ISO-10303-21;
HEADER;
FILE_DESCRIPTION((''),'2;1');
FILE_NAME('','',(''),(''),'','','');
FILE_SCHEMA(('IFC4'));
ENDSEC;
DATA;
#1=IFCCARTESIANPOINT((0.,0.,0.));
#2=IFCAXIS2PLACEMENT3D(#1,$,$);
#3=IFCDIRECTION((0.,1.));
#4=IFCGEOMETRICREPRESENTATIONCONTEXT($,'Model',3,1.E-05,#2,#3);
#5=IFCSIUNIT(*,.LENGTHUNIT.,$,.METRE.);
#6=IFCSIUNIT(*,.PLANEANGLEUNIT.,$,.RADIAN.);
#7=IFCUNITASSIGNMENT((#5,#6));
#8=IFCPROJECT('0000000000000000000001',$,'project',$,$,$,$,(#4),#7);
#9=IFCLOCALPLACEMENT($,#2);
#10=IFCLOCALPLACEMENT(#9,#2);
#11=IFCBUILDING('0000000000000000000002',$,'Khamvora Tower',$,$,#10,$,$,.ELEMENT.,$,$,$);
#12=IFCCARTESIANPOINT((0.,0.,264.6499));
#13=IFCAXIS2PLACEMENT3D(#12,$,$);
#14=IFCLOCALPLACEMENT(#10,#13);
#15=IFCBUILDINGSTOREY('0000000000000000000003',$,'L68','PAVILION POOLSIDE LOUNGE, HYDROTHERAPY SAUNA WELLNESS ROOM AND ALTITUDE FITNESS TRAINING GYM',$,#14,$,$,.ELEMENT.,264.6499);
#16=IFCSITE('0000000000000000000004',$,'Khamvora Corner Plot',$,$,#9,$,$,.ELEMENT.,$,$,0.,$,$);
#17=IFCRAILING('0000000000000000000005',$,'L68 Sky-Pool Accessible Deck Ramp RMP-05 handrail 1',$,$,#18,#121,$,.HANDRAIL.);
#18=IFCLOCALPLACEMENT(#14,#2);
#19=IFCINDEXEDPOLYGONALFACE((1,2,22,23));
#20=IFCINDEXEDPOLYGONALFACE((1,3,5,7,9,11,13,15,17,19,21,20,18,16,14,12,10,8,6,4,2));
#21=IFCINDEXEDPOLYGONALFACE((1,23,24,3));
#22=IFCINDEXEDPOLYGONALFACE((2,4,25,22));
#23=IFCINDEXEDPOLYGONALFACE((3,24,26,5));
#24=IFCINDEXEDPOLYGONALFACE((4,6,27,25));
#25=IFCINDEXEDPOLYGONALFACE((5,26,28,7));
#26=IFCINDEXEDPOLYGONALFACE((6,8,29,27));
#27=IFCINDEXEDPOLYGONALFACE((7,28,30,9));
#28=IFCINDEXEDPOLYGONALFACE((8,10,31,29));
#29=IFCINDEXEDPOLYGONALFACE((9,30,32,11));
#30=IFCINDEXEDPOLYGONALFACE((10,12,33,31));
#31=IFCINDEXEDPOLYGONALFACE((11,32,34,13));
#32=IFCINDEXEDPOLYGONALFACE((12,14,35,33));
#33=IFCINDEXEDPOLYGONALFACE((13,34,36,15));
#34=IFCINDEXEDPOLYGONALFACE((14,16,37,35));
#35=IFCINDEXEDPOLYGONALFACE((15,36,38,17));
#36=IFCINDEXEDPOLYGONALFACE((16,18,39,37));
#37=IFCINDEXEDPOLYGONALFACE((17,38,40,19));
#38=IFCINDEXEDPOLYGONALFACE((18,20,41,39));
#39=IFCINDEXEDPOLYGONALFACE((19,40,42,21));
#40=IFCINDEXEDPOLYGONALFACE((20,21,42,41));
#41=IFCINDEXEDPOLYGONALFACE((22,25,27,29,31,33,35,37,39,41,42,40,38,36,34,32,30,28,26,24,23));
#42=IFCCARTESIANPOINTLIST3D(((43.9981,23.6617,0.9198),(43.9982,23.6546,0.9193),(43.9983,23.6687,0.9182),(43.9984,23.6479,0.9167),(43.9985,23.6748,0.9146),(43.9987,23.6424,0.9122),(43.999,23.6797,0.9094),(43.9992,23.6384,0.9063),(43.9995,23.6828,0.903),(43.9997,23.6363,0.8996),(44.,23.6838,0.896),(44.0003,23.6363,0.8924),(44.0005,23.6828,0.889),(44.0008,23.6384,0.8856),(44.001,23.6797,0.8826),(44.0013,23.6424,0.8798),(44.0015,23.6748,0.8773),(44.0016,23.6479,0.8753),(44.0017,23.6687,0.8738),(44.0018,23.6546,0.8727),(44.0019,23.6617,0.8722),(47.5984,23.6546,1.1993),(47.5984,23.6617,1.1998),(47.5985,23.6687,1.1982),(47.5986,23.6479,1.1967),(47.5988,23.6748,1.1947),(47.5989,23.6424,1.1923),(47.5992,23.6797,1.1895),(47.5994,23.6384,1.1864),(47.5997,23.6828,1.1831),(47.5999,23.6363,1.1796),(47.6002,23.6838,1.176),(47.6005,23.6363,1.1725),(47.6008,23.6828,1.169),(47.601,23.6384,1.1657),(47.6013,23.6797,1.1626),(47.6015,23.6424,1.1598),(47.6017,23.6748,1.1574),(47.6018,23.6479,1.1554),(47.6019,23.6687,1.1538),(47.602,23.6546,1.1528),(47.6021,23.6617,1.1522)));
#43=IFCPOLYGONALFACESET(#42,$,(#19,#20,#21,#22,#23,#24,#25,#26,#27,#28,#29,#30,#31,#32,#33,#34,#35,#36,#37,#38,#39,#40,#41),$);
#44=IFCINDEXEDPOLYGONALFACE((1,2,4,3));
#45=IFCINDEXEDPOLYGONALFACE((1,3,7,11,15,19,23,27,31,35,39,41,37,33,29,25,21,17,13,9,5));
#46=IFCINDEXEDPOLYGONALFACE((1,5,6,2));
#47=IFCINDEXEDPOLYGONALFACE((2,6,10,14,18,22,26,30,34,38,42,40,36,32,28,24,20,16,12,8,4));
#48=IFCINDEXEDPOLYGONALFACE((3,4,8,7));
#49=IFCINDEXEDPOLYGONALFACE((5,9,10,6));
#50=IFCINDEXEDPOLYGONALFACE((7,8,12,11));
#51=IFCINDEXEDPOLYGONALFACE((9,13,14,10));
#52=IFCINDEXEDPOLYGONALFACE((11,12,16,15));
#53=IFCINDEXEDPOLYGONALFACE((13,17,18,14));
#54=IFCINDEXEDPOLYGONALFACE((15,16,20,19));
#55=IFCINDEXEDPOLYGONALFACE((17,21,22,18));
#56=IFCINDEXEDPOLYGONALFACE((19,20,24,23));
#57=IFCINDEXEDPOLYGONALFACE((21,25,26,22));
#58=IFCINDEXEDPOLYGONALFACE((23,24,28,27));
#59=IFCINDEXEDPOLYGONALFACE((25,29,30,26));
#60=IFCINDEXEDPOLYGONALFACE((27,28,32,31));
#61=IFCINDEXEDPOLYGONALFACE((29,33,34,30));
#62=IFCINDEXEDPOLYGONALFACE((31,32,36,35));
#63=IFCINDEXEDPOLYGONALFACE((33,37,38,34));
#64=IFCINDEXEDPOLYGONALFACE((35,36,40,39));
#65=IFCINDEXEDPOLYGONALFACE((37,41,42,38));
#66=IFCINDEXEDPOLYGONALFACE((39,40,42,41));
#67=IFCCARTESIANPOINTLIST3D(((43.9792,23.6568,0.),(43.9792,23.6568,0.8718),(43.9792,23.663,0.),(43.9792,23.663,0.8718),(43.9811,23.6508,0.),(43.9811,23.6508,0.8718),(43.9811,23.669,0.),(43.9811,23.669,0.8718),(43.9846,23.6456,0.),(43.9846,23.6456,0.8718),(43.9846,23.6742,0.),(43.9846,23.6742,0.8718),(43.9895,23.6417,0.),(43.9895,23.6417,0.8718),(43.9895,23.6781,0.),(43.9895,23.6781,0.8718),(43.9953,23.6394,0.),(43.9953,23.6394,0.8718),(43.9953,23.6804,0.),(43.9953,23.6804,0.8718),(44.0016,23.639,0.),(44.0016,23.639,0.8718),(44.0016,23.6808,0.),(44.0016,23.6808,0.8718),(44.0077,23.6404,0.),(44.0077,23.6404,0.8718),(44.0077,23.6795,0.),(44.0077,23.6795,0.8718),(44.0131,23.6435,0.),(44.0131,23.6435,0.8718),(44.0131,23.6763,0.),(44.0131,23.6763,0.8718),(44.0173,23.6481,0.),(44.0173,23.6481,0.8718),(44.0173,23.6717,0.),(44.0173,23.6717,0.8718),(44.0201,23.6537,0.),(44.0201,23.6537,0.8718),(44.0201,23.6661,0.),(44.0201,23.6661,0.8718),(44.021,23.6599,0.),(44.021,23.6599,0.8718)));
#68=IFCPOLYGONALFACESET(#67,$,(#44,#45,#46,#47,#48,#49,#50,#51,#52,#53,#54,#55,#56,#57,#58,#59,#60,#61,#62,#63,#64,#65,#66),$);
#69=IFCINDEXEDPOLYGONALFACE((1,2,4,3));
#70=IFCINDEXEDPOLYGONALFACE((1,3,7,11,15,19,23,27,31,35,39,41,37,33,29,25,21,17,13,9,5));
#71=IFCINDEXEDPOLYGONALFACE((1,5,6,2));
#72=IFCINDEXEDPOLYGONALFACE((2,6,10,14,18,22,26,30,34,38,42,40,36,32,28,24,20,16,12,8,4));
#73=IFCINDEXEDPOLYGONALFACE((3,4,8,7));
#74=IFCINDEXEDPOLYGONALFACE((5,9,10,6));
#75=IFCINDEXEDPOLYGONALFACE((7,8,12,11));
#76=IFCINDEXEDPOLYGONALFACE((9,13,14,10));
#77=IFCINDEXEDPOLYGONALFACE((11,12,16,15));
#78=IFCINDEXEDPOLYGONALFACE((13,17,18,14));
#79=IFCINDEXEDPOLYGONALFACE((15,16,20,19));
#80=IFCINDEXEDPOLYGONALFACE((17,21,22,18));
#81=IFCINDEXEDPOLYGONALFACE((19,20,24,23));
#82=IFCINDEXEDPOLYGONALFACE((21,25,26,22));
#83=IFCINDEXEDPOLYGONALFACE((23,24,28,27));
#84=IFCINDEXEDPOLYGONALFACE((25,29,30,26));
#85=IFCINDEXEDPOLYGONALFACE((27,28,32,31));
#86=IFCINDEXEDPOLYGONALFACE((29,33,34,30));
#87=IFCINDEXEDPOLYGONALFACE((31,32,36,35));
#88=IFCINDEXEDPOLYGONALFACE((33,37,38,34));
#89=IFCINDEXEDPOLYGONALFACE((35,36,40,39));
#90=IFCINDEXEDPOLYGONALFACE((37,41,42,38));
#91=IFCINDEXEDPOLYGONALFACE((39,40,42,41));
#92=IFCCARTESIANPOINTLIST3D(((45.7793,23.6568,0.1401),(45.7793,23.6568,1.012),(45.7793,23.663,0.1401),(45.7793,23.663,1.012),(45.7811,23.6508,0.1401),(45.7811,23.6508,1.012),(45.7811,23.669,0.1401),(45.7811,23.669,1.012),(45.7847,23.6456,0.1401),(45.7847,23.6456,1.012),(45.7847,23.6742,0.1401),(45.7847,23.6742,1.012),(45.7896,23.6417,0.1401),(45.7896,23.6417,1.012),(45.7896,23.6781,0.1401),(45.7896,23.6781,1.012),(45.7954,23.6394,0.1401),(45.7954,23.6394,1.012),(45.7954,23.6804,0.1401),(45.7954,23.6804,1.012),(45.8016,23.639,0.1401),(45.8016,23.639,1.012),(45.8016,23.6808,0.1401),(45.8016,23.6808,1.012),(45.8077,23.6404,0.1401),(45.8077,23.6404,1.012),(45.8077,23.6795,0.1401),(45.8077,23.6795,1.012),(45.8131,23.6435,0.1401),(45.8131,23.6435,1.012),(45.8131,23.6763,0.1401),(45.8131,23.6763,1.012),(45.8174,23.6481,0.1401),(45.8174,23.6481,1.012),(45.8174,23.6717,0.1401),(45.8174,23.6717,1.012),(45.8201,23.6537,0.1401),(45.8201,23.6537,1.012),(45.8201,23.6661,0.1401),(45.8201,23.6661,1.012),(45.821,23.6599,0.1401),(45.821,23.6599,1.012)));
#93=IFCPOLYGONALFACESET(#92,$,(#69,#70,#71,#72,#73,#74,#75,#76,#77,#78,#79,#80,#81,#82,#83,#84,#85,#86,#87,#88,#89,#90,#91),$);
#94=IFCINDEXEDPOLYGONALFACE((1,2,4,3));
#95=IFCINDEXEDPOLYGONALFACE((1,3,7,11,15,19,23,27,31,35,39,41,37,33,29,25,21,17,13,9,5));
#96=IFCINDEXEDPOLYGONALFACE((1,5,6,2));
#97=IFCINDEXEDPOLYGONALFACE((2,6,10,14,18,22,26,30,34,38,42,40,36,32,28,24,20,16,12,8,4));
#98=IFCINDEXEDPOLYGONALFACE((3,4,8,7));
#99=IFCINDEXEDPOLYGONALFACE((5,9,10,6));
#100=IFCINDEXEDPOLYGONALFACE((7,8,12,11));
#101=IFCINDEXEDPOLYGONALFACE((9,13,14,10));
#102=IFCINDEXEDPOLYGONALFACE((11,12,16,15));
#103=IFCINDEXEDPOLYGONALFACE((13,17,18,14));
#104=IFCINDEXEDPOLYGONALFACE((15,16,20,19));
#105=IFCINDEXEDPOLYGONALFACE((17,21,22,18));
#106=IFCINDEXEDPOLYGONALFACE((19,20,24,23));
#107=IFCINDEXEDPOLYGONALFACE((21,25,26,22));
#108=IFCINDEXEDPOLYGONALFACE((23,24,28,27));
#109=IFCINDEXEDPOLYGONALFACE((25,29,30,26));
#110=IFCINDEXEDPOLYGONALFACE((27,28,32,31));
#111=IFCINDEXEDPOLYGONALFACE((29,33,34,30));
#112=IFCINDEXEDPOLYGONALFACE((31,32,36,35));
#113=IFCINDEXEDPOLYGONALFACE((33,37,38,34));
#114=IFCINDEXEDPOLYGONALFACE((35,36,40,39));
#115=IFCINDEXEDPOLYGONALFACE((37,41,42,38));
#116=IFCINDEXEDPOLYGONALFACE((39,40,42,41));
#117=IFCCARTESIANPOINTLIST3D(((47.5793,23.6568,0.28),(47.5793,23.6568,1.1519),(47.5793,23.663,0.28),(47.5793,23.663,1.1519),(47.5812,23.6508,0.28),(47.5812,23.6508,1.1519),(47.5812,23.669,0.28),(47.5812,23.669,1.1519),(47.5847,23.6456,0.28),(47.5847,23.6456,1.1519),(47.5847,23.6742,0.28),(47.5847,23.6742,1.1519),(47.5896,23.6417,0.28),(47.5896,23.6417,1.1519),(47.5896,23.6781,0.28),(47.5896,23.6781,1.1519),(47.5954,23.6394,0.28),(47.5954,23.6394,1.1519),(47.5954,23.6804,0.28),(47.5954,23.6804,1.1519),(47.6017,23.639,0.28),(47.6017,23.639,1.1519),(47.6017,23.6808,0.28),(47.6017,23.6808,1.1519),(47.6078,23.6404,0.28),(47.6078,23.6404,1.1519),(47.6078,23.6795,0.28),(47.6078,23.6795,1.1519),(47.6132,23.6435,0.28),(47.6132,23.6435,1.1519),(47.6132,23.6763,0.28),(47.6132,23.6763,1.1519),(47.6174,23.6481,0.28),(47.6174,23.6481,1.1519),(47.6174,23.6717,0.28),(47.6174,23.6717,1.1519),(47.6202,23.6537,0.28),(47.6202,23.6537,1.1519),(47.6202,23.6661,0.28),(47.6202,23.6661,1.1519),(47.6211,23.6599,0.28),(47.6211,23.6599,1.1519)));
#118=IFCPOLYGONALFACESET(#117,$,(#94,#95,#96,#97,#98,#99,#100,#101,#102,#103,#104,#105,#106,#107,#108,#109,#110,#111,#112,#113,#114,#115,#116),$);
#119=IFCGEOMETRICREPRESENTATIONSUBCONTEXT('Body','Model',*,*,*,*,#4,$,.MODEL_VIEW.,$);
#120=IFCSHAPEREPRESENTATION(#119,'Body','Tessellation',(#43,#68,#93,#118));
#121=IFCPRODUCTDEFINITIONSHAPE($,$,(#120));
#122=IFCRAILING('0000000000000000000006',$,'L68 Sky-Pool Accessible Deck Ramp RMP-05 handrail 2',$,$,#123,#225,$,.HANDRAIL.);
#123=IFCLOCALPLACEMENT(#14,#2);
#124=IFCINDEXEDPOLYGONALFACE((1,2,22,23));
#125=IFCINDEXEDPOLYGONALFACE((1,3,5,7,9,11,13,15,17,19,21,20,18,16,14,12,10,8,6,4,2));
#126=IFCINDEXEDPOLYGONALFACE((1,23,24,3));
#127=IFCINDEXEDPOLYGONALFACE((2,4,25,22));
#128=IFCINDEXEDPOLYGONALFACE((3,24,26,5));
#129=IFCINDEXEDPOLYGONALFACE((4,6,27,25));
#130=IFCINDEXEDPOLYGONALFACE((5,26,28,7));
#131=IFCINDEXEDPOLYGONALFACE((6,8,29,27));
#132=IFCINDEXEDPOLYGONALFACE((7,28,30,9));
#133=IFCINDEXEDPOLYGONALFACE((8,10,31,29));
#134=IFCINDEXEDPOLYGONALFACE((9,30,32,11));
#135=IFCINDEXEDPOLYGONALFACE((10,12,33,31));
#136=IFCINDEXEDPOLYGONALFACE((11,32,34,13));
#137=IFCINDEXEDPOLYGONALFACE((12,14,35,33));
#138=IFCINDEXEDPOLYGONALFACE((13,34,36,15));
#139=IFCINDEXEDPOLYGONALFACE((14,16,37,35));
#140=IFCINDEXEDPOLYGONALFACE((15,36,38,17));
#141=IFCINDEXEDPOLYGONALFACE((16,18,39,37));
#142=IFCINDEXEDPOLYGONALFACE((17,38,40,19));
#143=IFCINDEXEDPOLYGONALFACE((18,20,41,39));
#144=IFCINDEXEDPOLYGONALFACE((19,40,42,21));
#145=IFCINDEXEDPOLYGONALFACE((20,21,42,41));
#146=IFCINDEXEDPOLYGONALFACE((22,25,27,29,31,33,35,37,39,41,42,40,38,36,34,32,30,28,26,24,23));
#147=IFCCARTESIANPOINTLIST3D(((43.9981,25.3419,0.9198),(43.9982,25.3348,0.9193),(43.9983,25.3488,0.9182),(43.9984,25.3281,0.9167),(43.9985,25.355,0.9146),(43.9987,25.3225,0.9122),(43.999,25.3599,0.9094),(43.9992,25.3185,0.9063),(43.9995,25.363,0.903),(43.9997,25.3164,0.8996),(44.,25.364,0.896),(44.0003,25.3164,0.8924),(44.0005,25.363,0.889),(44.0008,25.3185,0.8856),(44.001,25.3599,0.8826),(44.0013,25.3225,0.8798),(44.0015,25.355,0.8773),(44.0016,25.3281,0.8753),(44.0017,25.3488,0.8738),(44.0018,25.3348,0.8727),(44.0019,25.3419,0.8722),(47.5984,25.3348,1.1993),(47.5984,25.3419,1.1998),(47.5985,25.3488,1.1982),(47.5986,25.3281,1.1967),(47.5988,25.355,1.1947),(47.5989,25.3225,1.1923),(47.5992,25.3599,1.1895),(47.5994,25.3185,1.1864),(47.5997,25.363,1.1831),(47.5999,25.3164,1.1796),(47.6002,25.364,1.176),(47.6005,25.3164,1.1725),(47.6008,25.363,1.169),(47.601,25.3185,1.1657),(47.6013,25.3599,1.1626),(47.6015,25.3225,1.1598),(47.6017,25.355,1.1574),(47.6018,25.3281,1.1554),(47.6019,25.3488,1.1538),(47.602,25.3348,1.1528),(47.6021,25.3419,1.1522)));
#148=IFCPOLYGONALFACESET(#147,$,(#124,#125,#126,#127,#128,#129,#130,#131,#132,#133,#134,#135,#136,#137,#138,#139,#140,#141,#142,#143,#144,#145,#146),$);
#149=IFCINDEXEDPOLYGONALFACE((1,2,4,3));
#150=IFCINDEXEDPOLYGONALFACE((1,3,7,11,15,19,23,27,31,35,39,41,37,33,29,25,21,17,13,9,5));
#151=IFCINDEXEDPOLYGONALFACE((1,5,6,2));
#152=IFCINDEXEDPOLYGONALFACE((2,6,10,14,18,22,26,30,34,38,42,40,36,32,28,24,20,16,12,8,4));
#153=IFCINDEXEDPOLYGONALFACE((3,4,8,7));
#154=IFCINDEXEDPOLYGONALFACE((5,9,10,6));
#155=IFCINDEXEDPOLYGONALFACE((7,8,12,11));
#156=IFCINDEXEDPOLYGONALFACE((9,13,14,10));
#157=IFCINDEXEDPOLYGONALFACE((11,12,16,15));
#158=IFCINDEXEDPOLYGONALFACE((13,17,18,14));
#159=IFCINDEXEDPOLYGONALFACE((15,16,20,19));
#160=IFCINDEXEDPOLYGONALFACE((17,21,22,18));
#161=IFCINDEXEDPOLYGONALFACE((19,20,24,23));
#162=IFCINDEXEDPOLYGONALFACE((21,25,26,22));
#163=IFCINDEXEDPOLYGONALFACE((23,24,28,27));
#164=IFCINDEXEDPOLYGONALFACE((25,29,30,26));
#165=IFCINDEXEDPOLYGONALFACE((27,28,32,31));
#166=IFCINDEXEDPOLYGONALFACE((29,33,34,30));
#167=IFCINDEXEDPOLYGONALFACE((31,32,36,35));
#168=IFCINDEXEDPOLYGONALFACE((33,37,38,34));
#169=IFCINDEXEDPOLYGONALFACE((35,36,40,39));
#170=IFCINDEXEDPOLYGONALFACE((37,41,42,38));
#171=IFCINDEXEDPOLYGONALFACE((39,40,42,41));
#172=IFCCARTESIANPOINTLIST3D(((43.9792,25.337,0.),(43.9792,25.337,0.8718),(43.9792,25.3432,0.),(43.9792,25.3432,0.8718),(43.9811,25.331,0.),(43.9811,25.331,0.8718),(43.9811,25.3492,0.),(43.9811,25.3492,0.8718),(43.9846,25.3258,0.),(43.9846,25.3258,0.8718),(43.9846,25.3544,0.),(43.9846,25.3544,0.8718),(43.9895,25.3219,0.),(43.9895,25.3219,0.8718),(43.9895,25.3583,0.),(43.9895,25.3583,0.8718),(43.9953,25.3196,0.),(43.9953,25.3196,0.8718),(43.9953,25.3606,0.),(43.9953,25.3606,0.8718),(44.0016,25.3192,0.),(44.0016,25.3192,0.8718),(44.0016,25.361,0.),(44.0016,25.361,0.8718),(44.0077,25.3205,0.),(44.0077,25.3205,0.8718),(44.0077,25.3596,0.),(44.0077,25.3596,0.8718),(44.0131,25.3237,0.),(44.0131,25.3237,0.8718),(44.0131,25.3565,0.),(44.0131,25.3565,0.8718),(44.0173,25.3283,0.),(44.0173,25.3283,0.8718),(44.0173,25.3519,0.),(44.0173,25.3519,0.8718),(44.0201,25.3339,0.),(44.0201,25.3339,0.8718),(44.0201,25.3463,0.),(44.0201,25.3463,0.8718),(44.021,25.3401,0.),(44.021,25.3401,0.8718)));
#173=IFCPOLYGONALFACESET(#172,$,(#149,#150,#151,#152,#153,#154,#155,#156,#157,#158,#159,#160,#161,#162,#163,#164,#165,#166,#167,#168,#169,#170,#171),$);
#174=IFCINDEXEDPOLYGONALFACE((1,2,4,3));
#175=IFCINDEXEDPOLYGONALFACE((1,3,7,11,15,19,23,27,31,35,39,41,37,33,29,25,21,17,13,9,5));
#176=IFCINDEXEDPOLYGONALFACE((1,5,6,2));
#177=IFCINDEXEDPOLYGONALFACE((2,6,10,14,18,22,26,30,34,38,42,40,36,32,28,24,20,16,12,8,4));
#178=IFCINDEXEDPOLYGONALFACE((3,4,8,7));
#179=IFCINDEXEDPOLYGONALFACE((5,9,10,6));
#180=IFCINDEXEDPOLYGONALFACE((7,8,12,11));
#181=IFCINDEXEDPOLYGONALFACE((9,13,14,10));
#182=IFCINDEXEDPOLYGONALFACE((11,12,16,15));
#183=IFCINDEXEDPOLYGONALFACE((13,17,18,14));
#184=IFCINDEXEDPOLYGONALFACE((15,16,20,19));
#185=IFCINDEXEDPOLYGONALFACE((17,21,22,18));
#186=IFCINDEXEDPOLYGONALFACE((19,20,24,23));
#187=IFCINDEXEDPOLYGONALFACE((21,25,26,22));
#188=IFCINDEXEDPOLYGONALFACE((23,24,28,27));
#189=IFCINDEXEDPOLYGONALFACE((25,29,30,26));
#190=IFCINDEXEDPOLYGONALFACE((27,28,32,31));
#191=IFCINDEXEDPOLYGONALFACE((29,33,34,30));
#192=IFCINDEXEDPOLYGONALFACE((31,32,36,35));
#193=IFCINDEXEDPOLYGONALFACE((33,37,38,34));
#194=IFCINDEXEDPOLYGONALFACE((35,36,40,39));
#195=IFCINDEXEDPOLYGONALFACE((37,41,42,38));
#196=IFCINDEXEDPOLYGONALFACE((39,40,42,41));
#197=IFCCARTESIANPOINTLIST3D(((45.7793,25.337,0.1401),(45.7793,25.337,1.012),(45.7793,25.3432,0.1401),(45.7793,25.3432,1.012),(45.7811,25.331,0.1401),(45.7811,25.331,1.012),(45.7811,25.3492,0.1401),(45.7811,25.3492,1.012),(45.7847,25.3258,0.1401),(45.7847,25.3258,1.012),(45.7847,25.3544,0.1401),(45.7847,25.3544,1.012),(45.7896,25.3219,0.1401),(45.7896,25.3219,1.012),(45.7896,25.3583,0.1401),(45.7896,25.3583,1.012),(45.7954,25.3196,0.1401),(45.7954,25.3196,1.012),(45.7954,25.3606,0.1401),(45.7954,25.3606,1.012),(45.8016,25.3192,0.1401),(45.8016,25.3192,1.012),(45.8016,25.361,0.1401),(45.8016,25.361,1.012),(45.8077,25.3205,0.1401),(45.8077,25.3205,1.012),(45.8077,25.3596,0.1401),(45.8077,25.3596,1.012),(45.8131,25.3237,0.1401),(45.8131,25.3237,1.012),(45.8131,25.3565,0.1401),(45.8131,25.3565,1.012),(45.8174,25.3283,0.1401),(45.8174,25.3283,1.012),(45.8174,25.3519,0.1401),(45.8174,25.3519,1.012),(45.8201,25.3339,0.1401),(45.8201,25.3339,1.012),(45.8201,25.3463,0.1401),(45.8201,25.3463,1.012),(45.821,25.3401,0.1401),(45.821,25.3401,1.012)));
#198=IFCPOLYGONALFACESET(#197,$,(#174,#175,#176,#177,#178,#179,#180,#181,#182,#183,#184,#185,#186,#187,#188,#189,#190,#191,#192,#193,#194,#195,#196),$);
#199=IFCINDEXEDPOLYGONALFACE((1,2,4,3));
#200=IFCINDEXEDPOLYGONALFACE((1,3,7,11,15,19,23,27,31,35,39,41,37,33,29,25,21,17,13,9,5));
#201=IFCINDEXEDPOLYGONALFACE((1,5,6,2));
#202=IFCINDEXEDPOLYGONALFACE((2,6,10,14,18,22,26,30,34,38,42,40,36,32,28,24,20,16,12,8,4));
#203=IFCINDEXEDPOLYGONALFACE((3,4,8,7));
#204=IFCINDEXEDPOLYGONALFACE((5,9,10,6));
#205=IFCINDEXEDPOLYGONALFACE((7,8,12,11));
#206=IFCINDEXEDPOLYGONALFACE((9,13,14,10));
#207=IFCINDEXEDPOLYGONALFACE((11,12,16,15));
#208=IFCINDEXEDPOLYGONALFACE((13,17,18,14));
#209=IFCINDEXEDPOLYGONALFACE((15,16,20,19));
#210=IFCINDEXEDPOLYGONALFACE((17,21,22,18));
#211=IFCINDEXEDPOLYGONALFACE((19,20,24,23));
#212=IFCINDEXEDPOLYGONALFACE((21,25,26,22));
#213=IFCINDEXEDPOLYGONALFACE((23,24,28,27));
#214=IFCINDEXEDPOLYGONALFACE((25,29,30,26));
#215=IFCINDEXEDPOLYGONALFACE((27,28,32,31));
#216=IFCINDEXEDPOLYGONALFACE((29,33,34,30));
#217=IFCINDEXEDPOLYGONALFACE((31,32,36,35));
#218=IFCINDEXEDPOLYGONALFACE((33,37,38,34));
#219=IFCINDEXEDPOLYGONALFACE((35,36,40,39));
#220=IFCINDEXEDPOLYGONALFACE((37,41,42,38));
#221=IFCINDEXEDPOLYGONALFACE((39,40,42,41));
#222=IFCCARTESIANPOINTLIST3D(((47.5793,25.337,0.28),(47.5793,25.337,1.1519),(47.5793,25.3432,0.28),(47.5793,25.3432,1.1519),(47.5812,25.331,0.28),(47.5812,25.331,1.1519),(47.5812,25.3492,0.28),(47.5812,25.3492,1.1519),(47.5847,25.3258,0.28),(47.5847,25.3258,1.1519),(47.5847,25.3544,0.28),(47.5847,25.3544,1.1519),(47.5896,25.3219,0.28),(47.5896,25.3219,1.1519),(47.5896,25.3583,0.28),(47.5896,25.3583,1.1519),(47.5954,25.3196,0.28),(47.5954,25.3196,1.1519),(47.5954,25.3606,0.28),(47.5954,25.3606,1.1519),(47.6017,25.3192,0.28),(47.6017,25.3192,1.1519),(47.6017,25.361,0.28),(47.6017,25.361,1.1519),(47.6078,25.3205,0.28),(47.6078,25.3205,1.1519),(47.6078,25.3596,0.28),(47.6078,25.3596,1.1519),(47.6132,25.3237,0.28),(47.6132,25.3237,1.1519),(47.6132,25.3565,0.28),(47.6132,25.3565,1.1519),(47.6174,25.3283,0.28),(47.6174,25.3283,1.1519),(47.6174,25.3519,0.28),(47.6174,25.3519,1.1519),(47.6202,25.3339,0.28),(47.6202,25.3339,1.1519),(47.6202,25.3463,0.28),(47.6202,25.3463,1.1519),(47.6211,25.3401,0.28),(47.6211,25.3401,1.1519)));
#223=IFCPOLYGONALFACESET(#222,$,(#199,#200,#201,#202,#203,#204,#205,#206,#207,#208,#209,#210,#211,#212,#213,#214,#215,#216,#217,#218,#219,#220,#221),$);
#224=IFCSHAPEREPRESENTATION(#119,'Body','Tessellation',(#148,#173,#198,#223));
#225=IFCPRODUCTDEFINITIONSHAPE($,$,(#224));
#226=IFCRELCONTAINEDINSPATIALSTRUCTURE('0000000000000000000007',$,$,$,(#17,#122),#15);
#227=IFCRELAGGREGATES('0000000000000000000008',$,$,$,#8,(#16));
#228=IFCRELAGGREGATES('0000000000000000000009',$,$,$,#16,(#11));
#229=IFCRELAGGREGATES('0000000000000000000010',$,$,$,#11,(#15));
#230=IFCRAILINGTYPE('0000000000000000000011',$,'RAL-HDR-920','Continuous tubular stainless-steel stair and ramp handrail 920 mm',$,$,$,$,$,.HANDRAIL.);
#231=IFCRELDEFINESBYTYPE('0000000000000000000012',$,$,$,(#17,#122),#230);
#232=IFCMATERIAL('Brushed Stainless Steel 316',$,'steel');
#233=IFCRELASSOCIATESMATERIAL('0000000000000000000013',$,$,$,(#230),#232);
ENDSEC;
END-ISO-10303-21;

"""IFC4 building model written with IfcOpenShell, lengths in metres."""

from ifc_helpers import new_model, si_unit, direction, frame, origin, origin_2d, place, context, subcontext, project, spatial, circle, extrude, material, type_object, element, save


model = new_model("IFC4")

# Units and contexts
model_context = context("Model", 3, precision=1e-05, world=origin(), true_north=direction((0.0, 1.0)))
body_context = subcontext(model_context, "Body", "Model", "MODEL_VIEW")
ifc_project = project(units=[si_unit("LENGTHUNIT", "METRE"), si_unit("PLANEANGLEUNIT", "RADIAN")], contexts=[model_context])

# Site, building, storey
site_placement = place(None, origin())
site = spatial("IfcSite", under=ifc_project, at=site_placement, Name="Khamvora Corner Plot", CompositionType="ELEMENT", RefElevation=0.0)
building_placement = place(site_placement, origin())
building = spatial("IfcBuilding", under=site, at=building_placement, Name="Khamvora Tower", CompositionType="ELEMENT")
storey_placement = place(building_placement, frame((0.0, 0.0, 264.6499)))
storey = spatial("IfcBuildingStorey", under=building, at=storey_placement, Name="L68", Description="PAVILION POOLSIDE LOUNGE, HYDROTHERAPY SAUNA WELLNESS ROOM AND ALTITUDE FITNESS TRAINING GYM", CompositionType="ELEMENT", Elevation=264.6499)

# Railings
ifc_material_1 = material(Name="Brushed Stainless Steel 316", Category="steel")
railing_type = type_object("IfcRailingType", Name="RAL-HDR-920", Description="Continuous tubular stainless-steel stair and ramp handrail 920 mm", PredefinedType="HANDRAIL", material=ifc_material_1)
for number, where, name in (
    (1, (44.0, 23.6599, 0.0), "L68 Sky-Pool Accessible Deck Ramp RMP-05 handrail 1"),
    (2, (44.0, 25.3401, 0.0), "L68 Sky-Pool Accessible Deck Ramp RMP-05 handrail 2"),
):
    element("IfcRailing", number, at=place(storey_placement, frame(where)), inside=storey, type_object=railing_type, Name=name, PredefinedType="HANDRAIL", context=body_context, shape_type="SweptSolid", body=[
        extrude(circle(Radius=0.0239, at=origin_2d()), frame((0.0, 0.0, 0.896), z_axis=(0.996988, 0.0, 0.07755), x_axis=(0.0, 1.0, 0.0)), (0.0, 0.0, 1.0), 3.6111),
        extrude(circle(Radius=0.021, at=origin_2d()), origin(), (0.0, 0.0, 1.0), 0.8718),
        extrude(circle(Radius=0.021, at=origin_2d()), frame((1.8, 0.0, 0.1401)), (0.0, 0.0, 1.0), 0.8718),
        extrude(circle(Radius=0.021, at=origin_2d()), frame((3.6001, 0.0, 0.28)), (0.0, 0.0, 1.0), 0.8718),
    ])

save(model, "model.ifc")
